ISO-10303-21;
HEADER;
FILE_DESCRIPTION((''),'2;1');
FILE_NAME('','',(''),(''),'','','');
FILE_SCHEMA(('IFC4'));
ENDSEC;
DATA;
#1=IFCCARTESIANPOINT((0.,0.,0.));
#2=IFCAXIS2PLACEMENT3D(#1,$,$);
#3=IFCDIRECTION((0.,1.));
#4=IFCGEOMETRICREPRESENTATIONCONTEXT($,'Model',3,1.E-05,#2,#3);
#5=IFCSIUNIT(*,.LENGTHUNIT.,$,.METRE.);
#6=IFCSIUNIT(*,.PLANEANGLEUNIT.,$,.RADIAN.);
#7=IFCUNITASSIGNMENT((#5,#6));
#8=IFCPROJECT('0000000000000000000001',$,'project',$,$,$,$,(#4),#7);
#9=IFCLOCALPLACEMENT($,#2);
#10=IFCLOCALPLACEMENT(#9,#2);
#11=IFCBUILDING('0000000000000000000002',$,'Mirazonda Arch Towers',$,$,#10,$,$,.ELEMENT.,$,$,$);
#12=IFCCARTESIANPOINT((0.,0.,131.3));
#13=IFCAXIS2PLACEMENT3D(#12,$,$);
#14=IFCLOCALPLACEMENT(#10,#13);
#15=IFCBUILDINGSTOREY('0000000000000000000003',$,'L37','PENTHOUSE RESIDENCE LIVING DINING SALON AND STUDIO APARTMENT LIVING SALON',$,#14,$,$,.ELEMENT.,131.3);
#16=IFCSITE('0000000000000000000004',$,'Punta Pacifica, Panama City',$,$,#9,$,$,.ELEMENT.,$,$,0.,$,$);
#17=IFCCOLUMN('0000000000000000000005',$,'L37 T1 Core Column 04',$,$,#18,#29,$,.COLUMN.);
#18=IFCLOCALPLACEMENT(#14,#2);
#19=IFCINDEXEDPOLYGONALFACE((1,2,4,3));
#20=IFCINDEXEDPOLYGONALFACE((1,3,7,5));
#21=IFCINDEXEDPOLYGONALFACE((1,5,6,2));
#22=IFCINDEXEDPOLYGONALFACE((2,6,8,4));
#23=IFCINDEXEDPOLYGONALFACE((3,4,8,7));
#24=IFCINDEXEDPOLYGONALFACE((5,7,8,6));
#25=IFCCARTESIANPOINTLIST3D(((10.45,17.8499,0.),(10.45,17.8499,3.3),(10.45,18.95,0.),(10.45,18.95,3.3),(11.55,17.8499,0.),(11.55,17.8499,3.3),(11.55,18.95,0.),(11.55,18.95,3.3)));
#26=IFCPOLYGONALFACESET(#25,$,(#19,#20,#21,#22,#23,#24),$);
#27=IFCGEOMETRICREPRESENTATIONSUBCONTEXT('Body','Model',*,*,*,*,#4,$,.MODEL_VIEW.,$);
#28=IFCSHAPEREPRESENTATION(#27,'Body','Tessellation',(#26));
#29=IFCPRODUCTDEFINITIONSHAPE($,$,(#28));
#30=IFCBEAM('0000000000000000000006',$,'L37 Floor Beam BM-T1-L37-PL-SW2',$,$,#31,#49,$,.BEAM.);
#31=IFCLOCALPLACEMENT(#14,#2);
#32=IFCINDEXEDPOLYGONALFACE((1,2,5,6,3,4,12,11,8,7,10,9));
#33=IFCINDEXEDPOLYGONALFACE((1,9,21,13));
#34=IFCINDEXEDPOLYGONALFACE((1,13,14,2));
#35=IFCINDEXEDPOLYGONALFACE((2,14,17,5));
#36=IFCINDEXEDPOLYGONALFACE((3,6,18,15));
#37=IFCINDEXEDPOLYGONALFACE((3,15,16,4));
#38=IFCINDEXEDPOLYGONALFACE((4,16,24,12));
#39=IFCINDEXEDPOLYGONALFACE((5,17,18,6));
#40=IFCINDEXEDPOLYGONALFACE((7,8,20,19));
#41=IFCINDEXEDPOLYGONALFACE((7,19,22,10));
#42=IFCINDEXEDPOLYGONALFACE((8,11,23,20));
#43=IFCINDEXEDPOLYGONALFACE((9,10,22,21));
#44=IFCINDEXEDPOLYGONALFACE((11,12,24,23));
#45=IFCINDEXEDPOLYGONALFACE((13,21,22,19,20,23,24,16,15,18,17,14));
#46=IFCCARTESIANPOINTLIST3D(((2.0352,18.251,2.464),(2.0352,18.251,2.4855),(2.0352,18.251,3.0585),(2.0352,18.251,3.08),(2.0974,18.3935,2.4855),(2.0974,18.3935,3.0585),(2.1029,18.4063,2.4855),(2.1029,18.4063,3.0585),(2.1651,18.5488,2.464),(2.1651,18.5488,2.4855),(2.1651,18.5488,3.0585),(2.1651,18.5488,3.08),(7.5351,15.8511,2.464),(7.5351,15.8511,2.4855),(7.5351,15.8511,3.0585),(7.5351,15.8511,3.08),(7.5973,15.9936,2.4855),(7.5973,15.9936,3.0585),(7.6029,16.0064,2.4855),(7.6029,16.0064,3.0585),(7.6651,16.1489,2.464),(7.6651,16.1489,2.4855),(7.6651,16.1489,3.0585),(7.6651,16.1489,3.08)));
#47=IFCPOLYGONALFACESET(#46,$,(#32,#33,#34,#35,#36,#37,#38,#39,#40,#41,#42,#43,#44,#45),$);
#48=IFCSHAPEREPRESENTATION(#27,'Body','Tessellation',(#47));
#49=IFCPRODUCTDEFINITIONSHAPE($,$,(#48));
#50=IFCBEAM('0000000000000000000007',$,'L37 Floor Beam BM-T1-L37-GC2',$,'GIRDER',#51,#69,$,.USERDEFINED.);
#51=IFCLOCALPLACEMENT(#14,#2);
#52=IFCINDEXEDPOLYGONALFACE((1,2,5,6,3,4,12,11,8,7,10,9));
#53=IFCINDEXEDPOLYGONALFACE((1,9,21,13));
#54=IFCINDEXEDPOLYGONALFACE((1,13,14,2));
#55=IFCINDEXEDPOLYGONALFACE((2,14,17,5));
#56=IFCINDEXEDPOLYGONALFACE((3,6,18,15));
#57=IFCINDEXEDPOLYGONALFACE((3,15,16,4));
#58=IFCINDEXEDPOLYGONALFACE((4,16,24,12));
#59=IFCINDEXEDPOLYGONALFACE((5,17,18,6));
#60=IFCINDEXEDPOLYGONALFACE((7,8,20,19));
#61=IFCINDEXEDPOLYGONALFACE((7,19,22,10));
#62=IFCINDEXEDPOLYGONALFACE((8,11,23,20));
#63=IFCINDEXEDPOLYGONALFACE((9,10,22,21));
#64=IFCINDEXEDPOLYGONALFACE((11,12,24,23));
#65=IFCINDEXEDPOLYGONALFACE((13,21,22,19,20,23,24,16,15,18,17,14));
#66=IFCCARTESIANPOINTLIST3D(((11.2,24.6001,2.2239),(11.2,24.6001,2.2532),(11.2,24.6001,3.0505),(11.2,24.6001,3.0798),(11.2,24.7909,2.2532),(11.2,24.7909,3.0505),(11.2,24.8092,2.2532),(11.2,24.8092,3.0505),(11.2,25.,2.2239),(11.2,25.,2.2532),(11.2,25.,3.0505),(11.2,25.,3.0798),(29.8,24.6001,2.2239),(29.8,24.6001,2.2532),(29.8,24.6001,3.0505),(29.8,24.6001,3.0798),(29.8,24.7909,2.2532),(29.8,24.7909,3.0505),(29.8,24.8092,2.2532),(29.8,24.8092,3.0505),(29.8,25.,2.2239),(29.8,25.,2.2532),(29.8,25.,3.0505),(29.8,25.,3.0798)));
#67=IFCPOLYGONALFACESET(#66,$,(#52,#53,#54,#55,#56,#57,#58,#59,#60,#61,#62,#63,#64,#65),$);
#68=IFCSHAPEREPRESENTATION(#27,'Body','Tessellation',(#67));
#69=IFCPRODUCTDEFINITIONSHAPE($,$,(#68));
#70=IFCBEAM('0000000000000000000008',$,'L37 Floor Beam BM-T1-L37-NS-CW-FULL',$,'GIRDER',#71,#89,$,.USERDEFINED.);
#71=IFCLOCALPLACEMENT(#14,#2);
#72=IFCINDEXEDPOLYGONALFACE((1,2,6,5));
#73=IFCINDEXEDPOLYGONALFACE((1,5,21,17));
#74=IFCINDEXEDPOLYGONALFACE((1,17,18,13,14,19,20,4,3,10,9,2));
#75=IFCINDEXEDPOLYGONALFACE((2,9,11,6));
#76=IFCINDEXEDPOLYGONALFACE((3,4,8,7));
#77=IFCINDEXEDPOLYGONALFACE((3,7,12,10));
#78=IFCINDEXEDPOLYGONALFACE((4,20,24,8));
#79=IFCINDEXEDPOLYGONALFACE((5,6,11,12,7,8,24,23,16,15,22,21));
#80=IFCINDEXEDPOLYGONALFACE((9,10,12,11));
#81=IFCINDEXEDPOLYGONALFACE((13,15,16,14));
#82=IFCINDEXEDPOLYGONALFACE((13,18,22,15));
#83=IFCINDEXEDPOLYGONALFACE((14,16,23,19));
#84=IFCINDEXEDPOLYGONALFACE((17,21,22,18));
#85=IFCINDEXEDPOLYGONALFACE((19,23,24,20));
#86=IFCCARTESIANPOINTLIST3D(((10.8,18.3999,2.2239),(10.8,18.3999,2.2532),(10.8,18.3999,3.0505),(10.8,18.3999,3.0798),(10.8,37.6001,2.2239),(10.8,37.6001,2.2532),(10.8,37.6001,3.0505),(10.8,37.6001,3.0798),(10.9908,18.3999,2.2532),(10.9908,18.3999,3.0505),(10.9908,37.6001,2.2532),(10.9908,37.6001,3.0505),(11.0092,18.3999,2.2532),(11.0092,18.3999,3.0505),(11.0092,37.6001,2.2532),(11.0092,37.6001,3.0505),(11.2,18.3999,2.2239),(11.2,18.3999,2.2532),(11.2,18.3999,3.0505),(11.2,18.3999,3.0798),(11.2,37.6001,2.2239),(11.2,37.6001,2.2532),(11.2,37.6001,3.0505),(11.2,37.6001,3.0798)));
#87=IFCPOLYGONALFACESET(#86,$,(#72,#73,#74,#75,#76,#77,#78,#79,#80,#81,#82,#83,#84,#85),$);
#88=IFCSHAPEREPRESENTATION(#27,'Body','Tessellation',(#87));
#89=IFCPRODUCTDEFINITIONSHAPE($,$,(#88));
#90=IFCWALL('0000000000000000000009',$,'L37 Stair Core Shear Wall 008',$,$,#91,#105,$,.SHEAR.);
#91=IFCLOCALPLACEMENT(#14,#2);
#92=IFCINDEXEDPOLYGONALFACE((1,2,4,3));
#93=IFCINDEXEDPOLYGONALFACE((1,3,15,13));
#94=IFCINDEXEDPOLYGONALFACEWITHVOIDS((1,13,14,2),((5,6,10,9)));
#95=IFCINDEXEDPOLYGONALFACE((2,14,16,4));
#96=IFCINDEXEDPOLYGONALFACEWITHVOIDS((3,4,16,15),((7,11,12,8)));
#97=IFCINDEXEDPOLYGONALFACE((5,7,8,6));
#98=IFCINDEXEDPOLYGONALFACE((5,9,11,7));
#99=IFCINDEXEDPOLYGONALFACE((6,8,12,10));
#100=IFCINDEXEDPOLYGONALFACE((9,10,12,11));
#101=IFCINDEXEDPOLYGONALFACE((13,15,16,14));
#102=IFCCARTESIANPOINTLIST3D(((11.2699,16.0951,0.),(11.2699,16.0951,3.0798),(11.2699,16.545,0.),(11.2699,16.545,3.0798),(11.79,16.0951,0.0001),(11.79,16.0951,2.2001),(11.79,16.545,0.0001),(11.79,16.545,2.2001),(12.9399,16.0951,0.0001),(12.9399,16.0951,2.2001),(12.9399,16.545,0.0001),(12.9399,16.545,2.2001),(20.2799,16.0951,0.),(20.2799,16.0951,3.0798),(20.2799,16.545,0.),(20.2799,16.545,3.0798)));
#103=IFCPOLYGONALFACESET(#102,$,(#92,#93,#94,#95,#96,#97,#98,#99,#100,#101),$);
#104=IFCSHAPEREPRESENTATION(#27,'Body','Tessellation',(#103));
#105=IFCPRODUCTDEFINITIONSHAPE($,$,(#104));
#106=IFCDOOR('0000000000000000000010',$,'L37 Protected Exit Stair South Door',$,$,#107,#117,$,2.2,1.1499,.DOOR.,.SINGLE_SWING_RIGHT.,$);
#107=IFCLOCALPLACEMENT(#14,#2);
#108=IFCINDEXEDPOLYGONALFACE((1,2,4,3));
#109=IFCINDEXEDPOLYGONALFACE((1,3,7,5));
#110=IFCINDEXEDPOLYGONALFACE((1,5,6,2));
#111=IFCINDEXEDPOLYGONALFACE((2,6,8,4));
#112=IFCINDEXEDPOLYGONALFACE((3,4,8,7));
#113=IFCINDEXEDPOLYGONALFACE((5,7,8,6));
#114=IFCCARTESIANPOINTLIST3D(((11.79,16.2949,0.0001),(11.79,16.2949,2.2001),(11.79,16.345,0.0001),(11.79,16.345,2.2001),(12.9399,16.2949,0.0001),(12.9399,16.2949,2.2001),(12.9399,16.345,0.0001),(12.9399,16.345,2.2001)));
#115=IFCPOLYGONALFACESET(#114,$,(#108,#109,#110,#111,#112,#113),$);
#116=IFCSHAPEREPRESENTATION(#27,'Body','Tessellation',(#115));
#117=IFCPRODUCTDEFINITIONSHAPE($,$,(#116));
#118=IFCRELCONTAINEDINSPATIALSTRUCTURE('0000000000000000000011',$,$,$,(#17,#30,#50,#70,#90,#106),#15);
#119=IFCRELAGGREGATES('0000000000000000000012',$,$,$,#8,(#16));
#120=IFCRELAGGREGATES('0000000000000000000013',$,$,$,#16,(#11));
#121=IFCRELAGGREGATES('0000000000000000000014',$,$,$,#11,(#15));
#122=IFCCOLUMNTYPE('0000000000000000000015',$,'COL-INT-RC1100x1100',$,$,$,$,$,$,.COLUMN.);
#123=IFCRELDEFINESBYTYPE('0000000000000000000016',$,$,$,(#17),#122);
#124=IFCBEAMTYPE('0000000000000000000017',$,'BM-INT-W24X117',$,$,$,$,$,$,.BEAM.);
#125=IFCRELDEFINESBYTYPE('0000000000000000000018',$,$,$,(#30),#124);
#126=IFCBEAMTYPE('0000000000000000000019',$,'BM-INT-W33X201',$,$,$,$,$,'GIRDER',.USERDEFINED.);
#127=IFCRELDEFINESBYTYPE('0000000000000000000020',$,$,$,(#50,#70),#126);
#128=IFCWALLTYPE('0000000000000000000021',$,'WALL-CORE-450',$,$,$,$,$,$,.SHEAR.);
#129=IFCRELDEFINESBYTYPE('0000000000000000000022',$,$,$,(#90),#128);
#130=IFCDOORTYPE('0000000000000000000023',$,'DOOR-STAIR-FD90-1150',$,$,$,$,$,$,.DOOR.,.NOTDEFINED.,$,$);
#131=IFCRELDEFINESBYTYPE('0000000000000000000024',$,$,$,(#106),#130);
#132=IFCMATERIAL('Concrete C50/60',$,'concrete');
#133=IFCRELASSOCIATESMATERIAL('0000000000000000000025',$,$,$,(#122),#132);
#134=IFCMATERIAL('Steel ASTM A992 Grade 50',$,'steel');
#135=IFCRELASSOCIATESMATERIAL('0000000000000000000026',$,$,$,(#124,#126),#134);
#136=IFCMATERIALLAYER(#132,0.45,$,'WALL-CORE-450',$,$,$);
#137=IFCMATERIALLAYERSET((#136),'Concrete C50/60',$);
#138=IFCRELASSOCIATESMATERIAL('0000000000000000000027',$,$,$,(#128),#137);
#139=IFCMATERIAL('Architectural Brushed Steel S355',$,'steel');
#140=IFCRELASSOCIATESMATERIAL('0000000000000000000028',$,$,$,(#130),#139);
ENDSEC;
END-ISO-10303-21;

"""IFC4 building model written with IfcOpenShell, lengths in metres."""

from ifc_helpers import new_model, si_unit, direction, frame, frame_2d, origin, origin_2d, place, context, subcontext, project, spatial, rectangle, i_section, extrude, material, layer, layer_set, material_profile, profile_set, type_object, element, fill, save


model = new_model("IFC4")

# Units and contexts
model_context = context("Model", 3, precision=1e-05, world=origin(), true_north=direction((0.0, 1.0)))
body_context = subcontext(model_context, "Body", "Model", "MODEL_VIEW")
ifc_project = project(units=[si_unit("LENGTHUNIT", "METRE"), si_unit("PLANEANGLEUNIT", "RADIAN")], contexts=[model_context])

# Site, building, storey
site_placement = place(None, origin())
site = spatial("IfcSite", under=ifc_project, at=site_placement, Name="Punta Pacifica, Panama City", CompositionType="ELEMENT", RefElevation=0.0)
building_placement = place(site_placement, origin())
building = spatial("IfcBuilding", under=site, at=building_placement, Name="Mirazonda Arch Towers", CompositionType="ELEMENT")
storey_placement = place(building_placement, frame((0.0, 0.0, 131.3)))
storey = spatial("IfcBuildingStorey", under=building, at=storey_placement, Name="L37", Description="PENTHOUSE RESIDENCE LIVING DINING SALON AND STUDIO APARTMENT LIVING SALON", CompositionType="ELEMENT", Elevation=131.3)

# Column
ifc_material_1 = material(Name="Concrete C50/60", Category="concrete")
ifc_material_profile_1 = material_profile(ifc_material_1, rectangle(XDim=1.1001, YDim=1.1001, at=origin_2d()), Name="RC1100x1100")
ifc_profile_set_1 = profile_set([ifc_material_profile_1], Name="Concrete C50/60")
column_type = type_object("IfcColumnType", Name="COL-INT-RC1100x1100", PredefinedType="COLUMN", material=ifc_profile_set_1)
column_placement = place(storey_placement, frame((11.0, 18.3999, 0.0), z_axis=(0.0, 0.0, 1.0), x_axis=(1.0, 0.0, 0.0)))
element("IfcColumn", 1, at=column_placement, inside=storey, type_object=column_type, Name="L37 T1 Core Column 04", PredefinedType="COLUMN", context=body_context, shape_type="SweptSolid", body=[
    extrude(rectangle(XDim=1.1001, YDim=1.1001, at=origin_2d()), origin(), (0.0, 0.0, 1.0), 3.3),
])

# Beams
ifc_material_2 = material(Name="Steel ASTM A992 Grade 50", Category="steel")
ifc_material_profile_2 = material_profile(ifc_material_2, i_section(OverallWidth=0.325, OverallDepth=0.616, WebThickness=0.0139, FlangeThickness=0.0215, at=origin_2d()), Name="W24X117")
ifc_profile_set_2 = profile_set([ifc_material_profile_2], Name="Steel ASTM A992 Grade 50")
beam_type_1 = type_object("IfcBeamType", Name="BM-INT-W24X117", PredefinedType="BEAM", material=ifc_profile_set_2)
beam_1_placement = place(storey_placement, frame((7.6001, 16.0, 2.772), z_axis=(-0.916545, 0.399931, 0.0), x_axis=(-0.399931, -0.916545, 0.0)))
element("IfcBeam", 2, at=beam_1_placement, inside=storey, type_object=beam_type_1, Name="L37 Floor Beam BM-T1-L37-PL-SW2", PredefinedType="BEAM", context=body_context, shape_type="SweptSolid", body=[
    extrude(i_section(OverallWidth=0.325, OverallDepth=0.616, WebThickness=0.0139, FlangeThickness=0.0215, at=origin_2d()), origin(), (0.0, 0.0, 1.0), 6.0007),
])
ifc_material_profile_3 = material_profile(ifc_material_2, i_section(OverallWidth=0.3999, OverallDepth=0.856, WebThickness=0.0183, FlangeThickness=0.0293, at=origin_2d()), Name="W33X201")
ifc_profile_set_3 = profile_set([ifc_material_profile_3], Name="Steel ASTM A992 Grade 50")
beam_type_2 = type_object("IfcBeamType", Name="BM-INT-W33X201", ElementType="GIRDER", PredefinedType="USERDEFINED", material=ifc_profile_set_3)
beam_2_placement = place(storey_placement, frame((11.2, 24.8, 2.6519), z_axis=(1.0, 0.0, 0.0), x_axis=(0.0, 1.0, 0.0)))
element("IfcBeam", 3, at=beam_2_placement, inside=storey, type_object=beam_type_2, Name="L37 Floor Beam BM-T1-L37-GC2", ObjectType="GIRDER", PredefinedType="USERDEFINED", context=body_context, shape_type="SweptSolid", body=[
    extrude(i_section(OverallWidth=0.3999, OverallDepth=0.856, WebThickness=0.0183, FlangeThickness=0.0293, at=origin_2d()), origin(), (0.0, 0.0, 1.0), 18.6001),
])
beam_3_placement = place(storey_placement, frame((11.0, 18.3999, 2.6519), z_axis=(0.0, 1.0, 0.0), x_axis=(-1.0, 0.0, 0.0)))
element("IfcBeam", 4, at=beam_3_placement, inside=storey, type_object=beam_type_2, Name="L37 Floor Beam BM-T1-L37-NS-CW-FULL", ObjectType="GIRDER", PredefinedType="USERDEFINED", context=body_context, shape_type="SweptSolid", body=[
    extrude(i_section(OverallWidth=0.3999, OverallDepth=0.856, WebThickness=0.0183, FlangeThickness=0.0293, at=origin_2d()), origin(), (0.0, 0.0, 1.0), 19.2002),
])

# Wall, opening, door
ifc_layer_1 = layer(ifc_material_1, 0.45, Name="WALL-CORE-450")
ifc_layer_set_1 = layer_set([ifc_layer_1], Name="Concrete C50/60")
wall_type_1 = type_object("IfcWallType", Name="WALL-CORE-450", PredefinedType="SHEAR", material=ifc_layer_set_1)
wall_1_placement = place(storey_placement, frame((11.27, 16.3201, 0.0), z_axis=(0.0, 0.0, 1.0), x_axis=(1.0, 0.0, 0.0)))
wall_1 = element("IfcWall", 5, at=wall_1_placement, inside=storey, type_object=wall_type_1, Name="L37 Stair Core Shear Wall 008", PredefinedType="SHEAR", context=body_context, shape_type="SweptSolid", body=[
    extrude(rectangle(XDim=9.01, YDim=0.45, at=frame_2d((4.5049, 0.0))), origin(), (0.0, 0.0, 1.0), 3.0798),
])
opening_1_placement = place(wall_1_placement, frame((0.52, 0.0, 0.0)))
opening_1 = element("IfcOpeningElement", 6, at=opening_1_placement, cuts=wall_1, PredefinedType="OPENING", context=body_context, shape_type="SweptSolid", body=[
    extrude(rectangle(XDim=1.1499, YDim=2.2, at=frame_2d((0.575, 1.1001))), frame((0.0, 0.2349, 0.0), z_axis=(0.0, -1.0, 0.0), x_axis=(1.0, 0.0, 0.0)), (0.0, 0.0, 1.0), 0.47),
])
ifc_material_3 = material(Name="Architectural Brushed Steel S355", Category="steel")
door_type_1 = type_object("IfcDoorType", Name="DOOR-STAIR-FD90-1150", OperationType="NOTDEFINED", PredefinedType="DOOR", material=ifc_material_3)
door_1_placement = place(opening_1_placement, origin())
door_1 = element("IfcDoor", 7, at=door_1_placement, inside=storey, type_object=door_type_1, Name="L37 Protected Exit Stair South Door", OperationType="SINGLE_SWING_RIGHT", OverallHeight=2.2, OverallWidth=1.1499, PredefinedType="DOOR", context=body_context, shape_type="SweptSolid", body=[
    extrude(rectangle(XDim=1.1499, YDim=2.2, at=frame_2d((0.575, 1.1001))), frame((0.0, 0.0249, 0.0), z_axis=(0.0, -1.0, 0.0), x_axis=(1.0, 0.0, 0.0)), (0.0, 0.0, 1.0), 0.05),
])
fill(opening_1, door_1)

save(model, "model.ifc")
